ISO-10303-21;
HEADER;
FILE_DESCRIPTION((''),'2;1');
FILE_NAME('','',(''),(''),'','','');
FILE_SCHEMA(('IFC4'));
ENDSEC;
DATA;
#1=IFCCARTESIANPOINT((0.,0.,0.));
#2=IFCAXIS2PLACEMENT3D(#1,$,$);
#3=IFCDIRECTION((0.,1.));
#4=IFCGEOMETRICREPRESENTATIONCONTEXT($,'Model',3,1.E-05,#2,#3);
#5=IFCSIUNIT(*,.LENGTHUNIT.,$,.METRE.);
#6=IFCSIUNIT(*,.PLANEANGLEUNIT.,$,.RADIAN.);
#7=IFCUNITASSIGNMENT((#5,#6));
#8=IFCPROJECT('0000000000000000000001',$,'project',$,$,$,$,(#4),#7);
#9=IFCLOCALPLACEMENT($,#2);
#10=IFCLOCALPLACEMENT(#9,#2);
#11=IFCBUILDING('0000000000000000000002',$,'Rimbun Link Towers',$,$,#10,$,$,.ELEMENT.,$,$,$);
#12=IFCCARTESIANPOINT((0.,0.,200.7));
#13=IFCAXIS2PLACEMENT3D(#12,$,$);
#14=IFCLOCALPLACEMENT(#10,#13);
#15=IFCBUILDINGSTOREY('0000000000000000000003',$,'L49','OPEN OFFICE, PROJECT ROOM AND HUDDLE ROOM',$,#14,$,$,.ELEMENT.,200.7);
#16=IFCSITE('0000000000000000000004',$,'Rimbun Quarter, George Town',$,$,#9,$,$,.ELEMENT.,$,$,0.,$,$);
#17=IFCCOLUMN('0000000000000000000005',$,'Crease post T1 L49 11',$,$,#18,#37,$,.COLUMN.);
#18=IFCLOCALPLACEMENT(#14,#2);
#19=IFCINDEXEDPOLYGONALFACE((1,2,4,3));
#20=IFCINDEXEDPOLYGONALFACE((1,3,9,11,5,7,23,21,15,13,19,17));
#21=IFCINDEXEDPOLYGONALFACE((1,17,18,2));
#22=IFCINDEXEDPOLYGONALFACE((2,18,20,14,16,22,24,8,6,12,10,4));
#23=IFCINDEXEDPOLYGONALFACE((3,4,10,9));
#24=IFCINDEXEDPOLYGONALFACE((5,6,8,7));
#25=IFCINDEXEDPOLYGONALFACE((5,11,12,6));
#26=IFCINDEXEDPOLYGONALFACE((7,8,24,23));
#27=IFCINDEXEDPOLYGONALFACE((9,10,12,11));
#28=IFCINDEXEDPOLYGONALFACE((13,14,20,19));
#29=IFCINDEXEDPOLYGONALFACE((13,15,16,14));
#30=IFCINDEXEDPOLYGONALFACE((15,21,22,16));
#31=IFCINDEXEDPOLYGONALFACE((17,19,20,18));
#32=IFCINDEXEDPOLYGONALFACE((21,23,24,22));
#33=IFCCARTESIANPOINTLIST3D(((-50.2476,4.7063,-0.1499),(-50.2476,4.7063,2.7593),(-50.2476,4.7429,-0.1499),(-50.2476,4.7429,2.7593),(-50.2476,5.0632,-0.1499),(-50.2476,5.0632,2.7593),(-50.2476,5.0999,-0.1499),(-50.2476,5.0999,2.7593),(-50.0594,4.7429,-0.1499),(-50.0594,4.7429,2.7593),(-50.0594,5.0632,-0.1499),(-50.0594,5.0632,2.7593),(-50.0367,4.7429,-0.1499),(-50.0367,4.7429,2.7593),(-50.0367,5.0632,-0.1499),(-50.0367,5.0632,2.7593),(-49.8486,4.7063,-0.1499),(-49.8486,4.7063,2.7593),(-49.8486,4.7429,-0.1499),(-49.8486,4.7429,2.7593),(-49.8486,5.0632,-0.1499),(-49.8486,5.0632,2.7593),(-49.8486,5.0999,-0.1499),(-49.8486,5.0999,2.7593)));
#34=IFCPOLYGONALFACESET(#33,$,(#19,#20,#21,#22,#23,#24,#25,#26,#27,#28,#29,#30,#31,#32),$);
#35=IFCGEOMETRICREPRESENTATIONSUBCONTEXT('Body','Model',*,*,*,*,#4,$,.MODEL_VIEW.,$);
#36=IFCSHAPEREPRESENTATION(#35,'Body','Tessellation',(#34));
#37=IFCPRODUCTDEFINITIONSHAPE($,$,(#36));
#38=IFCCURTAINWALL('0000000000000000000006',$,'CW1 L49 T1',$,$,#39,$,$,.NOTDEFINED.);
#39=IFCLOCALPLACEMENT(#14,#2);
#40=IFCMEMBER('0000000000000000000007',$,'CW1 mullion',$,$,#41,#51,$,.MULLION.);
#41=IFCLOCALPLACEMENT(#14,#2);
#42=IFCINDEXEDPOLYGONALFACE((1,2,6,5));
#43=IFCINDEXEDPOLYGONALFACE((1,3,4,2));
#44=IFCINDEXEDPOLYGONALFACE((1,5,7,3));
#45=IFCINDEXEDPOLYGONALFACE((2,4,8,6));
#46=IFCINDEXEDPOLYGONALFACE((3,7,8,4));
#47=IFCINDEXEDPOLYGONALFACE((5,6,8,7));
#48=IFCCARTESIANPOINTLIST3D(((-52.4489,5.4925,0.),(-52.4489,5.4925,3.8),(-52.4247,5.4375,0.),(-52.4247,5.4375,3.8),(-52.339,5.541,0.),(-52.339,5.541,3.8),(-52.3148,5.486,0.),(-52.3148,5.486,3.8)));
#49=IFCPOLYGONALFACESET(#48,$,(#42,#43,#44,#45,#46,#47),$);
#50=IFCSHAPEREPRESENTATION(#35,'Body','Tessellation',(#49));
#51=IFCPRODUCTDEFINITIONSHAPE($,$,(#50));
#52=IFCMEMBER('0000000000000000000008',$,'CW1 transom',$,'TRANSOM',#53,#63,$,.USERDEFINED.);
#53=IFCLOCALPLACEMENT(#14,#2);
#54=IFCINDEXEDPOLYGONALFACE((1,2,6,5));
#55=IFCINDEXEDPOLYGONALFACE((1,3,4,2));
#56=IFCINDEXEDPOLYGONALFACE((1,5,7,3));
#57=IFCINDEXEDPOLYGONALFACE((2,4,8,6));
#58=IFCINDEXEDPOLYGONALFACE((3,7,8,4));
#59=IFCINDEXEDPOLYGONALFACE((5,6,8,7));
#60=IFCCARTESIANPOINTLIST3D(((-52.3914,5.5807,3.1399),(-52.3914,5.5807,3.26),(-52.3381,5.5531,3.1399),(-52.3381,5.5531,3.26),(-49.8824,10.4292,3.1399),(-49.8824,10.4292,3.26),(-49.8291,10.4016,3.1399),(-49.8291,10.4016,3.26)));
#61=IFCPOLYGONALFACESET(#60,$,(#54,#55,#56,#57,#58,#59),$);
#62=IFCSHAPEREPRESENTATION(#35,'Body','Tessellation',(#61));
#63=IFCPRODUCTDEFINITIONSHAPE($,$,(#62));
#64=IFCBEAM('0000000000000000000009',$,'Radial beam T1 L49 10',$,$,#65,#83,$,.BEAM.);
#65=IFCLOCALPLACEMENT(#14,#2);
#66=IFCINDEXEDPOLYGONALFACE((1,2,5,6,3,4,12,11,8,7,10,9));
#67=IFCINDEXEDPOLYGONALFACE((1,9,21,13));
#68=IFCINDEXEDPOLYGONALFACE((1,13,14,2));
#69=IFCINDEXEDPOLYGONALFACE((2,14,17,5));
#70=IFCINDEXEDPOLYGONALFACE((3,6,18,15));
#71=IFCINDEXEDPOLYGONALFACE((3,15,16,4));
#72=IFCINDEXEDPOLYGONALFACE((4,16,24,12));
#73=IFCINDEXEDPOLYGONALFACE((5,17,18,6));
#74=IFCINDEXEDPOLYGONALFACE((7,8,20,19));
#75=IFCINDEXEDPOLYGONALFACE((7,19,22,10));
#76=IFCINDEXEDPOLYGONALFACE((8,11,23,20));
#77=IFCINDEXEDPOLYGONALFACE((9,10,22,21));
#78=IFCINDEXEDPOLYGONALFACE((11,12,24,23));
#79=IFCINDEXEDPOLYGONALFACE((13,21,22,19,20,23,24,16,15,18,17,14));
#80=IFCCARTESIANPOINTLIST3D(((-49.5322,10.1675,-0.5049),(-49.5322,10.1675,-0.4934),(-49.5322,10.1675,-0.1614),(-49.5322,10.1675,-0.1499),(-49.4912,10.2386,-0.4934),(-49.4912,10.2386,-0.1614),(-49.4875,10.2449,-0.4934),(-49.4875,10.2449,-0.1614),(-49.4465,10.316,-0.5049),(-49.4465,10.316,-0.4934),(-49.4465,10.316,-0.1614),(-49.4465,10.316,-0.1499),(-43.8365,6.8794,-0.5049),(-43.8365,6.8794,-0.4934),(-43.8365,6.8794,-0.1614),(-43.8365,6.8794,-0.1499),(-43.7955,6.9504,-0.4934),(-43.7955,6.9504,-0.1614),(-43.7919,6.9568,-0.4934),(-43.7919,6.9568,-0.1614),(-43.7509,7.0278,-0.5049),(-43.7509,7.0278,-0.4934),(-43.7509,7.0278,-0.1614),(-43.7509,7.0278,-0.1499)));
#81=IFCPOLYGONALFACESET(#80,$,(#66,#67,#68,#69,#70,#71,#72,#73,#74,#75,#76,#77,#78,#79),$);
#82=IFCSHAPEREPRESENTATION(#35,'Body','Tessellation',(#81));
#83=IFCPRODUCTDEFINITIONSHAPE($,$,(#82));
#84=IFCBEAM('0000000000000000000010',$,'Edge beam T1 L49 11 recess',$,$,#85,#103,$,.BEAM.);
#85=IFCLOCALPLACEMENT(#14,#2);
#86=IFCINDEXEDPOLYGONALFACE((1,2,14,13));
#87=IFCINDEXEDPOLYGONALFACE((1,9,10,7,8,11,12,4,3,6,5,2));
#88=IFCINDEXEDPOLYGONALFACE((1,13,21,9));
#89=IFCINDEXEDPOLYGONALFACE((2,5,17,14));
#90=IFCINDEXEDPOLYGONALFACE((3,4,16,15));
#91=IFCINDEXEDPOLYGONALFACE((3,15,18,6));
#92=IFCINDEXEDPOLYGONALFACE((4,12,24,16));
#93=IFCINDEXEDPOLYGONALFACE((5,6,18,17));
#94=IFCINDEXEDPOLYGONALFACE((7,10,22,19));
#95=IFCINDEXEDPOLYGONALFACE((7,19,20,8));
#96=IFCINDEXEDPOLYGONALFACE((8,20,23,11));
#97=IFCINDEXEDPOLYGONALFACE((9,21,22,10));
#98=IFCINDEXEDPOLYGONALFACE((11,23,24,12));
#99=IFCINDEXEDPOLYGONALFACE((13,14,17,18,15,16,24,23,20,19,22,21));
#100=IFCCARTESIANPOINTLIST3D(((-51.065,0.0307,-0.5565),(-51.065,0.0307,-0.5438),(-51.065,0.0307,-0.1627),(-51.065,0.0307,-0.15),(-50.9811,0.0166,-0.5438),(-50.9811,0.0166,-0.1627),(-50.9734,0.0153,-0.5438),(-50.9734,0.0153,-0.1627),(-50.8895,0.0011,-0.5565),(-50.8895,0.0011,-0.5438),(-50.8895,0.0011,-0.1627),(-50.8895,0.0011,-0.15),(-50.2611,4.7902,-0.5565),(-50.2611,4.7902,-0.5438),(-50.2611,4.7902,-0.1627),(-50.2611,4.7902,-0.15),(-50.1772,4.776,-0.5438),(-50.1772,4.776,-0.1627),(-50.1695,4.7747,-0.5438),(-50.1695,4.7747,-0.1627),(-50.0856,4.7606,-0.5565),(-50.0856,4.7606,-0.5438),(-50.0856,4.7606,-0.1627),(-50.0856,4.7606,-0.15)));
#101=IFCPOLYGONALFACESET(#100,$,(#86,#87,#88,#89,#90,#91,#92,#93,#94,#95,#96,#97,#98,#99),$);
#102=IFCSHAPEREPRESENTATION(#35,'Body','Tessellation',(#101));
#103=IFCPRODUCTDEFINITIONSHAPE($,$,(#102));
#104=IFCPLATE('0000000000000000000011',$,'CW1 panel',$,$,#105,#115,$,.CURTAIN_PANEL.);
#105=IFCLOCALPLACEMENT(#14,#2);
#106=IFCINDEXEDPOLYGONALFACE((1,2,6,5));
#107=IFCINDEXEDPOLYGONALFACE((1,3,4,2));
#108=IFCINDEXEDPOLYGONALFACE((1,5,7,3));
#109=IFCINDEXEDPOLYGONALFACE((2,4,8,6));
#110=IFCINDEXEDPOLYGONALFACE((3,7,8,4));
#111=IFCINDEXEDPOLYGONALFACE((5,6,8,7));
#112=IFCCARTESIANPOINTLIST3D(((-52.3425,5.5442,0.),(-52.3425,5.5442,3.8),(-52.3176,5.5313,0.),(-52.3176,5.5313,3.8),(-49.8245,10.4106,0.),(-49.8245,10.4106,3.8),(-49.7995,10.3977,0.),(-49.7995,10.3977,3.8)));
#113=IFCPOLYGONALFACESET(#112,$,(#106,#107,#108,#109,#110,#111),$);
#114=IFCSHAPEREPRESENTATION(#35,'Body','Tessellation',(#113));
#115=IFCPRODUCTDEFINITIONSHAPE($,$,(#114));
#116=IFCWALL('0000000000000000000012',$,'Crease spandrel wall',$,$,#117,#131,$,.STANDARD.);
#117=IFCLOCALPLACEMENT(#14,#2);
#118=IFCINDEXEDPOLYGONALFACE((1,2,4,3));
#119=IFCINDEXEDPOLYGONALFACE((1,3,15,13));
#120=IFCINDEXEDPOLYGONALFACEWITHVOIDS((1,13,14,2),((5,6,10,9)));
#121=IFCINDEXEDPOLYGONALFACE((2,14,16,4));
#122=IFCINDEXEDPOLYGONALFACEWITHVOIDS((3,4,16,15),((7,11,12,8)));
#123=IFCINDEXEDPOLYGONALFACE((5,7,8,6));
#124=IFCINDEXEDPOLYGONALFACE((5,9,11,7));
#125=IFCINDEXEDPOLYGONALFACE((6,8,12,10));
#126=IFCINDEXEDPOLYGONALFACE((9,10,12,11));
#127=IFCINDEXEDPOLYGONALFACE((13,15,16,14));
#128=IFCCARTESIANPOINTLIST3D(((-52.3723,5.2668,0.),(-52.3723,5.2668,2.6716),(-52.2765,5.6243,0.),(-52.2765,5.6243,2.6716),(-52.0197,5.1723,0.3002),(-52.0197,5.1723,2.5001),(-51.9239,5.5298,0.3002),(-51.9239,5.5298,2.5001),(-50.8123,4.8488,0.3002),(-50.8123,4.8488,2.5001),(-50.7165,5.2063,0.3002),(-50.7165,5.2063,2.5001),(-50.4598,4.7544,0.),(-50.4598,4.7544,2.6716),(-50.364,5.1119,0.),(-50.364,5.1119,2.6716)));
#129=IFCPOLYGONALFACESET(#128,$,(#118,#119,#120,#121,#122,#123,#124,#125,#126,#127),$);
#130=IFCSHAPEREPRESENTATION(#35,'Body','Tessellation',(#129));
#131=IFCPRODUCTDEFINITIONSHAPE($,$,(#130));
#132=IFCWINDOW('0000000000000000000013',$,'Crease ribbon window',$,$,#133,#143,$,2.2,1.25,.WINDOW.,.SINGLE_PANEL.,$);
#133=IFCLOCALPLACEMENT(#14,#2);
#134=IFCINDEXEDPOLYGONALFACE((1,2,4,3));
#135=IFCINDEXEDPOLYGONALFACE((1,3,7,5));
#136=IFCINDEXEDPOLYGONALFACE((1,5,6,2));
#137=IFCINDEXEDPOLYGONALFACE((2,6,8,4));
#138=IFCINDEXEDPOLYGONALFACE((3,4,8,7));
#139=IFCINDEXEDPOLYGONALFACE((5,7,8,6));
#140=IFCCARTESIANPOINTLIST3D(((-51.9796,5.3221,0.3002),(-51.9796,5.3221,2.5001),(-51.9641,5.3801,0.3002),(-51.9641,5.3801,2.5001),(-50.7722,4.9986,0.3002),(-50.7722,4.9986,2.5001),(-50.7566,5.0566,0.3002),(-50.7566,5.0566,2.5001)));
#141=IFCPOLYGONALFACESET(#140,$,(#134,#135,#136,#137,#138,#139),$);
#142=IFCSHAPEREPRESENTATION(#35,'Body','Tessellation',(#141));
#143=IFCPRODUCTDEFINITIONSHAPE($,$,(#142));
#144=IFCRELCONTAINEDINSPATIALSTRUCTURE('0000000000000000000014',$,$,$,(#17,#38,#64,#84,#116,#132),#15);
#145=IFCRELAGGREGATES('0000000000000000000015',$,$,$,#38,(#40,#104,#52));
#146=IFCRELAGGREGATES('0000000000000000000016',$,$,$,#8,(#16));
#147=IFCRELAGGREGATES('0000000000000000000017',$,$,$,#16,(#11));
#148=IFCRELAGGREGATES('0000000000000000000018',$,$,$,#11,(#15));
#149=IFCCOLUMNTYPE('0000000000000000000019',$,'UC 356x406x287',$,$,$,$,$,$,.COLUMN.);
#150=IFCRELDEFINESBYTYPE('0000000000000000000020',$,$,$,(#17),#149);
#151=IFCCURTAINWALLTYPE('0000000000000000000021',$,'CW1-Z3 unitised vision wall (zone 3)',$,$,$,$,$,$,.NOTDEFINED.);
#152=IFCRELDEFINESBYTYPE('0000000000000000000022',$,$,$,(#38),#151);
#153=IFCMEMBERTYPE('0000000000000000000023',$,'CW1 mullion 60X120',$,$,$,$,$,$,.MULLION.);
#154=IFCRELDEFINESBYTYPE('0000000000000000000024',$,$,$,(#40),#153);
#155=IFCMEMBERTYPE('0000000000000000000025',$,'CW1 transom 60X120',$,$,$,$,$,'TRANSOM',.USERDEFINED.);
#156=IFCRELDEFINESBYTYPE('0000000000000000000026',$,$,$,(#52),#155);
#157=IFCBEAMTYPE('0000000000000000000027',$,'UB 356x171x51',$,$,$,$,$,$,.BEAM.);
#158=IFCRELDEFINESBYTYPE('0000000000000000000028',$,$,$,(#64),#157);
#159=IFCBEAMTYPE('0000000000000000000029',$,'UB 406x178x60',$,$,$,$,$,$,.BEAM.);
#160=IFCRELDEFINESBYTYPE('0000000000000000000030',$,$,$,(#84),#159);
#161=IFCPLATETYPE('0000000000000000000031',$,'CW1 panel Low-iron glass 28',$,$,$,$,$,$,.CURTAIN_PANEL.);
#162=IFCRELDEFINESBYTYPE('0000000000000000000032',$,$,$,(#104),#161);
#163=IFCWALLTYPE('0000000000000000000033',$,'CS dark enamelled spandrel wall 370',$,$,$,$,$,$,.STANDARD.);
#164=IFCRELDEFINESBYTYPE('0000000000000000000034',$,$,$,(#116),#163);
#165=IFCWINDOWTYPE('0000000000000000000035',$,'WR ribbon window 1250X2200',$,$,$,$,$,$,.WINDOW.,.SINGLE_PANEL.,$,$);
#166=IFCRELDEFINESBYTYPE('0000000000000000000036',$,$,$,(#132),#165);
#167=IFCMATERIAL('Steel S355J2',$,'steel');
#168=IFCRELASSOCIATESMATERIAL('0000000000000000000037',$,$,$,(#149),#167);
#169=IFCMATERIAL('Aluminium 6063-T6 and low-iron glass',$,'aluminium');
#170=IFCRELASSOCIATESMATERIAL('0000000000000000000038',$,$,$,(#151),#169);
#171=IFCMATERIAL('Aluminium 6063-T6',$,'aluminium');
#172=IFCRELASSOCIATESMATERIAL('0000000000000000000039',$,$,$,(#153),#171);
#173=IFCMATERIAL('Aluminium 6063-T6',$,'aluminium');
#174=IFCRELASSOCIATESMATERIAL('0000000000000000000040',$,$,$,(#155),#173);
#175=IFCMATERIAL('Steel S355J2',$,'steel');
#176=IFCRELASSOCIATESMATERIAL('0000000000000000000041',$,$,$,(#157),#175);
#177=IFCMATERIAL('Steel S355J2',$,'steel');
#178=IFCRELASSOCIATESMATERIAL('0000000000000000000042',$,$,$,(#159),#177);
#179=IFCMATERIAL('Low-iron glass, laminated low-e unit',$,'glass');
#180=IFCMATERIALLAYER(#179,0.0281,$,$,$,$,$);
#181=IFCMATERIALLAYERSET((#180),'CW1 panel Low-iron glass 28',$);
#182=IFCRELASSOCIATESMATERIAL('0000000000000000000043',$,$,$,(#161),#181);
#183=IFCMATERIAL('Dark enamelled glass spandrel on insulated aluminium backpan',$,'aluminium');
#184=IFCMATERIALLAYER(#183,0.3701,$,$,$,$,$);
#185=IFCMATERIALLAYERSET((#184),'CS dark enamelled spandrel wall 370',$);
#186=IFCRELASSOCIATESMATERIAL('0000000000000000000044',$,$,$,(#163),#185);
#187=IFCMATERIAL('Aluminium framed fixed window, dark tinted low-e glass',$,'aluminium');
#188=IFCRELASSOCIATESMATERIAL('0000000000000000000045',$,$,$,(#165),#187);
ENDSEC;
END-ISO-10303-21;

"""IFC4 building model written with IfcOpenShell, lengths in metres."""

from ifc_helpers import new_model, si_unit, direction, frame, frame_2d, origin, origin_2d, place, context, subcontext, project, spatial, rectangle, i_section, extrude, material, layer, layer_set, material_profile, profile_set, type_object, element, fill, aggregate, save


model = new_model("IFC4")

# Units and contexts
model_context = context("Model", 3, precision=1e-05, world=origin(), true_north=direction((0.0, 1.0)))
body_context = subcontext(model_context, "Body", "Model", "MODEL_VIEW")
ifc_project = project(units=[si_unit("LENGTHUNIT", "METRE"), si_unit("PLANEANGLEUNIT", "RADIAN")], contexts=[model_context])

# Site, building, storey
site_placement = place(None, origin())
site = spatial("IfcSite", under=ifc_project, at=site_placement, Name="Rimbun Quarter, George Town", CompositionType="ELEMENT", RefElevation=0.0)
building_placement = place(site_placement, origin())
building = spatial("IfcBuilding", under=site, at=building_placement, Name="Rimbun Link Towers", CompositionType="ELEMENT")
storey_placement = place(building_placement, frame((0.0, 0.0, 200.7)))
storey = spatial("IfcBuildingStorey", under=building, at=storey_placement, Name="L49", Description="OPEN OFFICE, PROJECT ROOM AND HUDDLE ROOM", CompositionType="ELEMENT", Elevation=200.7)

# Column
ifc_material_1 = material(Name="Steel S355J2", Category="steel")
ifc_material_profile_1 = material_profile(ifc_material_1, i_section(OverallWidth=0.3989, OverallDepth=0.3936, WebThickness=0.0227, FlangeThickness=0.0366, at=origin_2d()), Name="UC 356x406x287")
ifc_profile_set_1 = profile_set([ifc_material_profile_1], Name="Steel S355J2")
column_type = type_object("IfcColumnType", Name="UC 356x406x287", PredefinedType="COLUMN", material=ifc_profile_set_1)
column_placement = place(storey_placement, frame((-50.0481, 4.9031, -0.1499), z_axis=(0.0, 0.0, 1.0), x_axis=(1.0, 0.0, 0.0)))
element("IfcColumn", 1, at=column_placement, inside=storey, type_object=column_type, Name="Crease post T1 L49 11", PredefinedType="COLUMN", context=body_context, shape_type="SweptSolid", body=[
    extrude(i_section(OverallWidth=0.3989, OverallDepth=0.3936, WebThickness=0.0227, FlangeThickness=0.0366, at=origin_2d()), origin(), (0.0, 0.0, 1.0), 2.9092),
])

# Curtain wall, members
ifc_material_2 = material(Name="Aluminium 6063-T6 and low-iron glass", Category="aluminium")
curtain_wall_type = type_object("IfcCurtainWallType", Name="CW1-Z3 unitised vision wall (zone 3)", PredefinedType="NOTDEFINED", material=ifc_material_2)
curtain_wall_placement = place(storey_placement, origin())
curtain_wall = element("IfcCurtainWall", 2, at=curtain_wall_placement, inside=storey, type_object=curtain_wall_type, Name="CW1 L49 T1", PredefinedType="NOTDEFINED")
ifc_material_3 = material(Name="Aluminium 6063-T6", Category="aluminium")
ifc_material_profile_2 = material_profile(ifc_material_3, rectangle(XDim=0.1201, YDim=0.0601, at=origin_2d()), Name="MULLION 60X120")
ifc_profile_set_2 = profile_set([ifc_material_profile_2], Name="Aluminium 6063-T6")
member_type_1 = type_object("IfcMemberType", Name="CW1 mullion 60X120", PredefinedType="MULLION", material=ifc_profile_set_2)
member_1_placement = place(storey_placement, frame((-52.3818, 5.4893, 0.0), z_axis=(0.0, 0.0, 1.0), x_axis=(-0.91482, -0.403862, 0.0)))
member_1 = element("IfcMember", 3, at=member_1_placement, type_object=member_type_1, Name="CW1 mullion", PredefinedType="MULLION", context=body_context, shape_type="SweptSolid", body=[
    extrude(rectangle(XDim=0.1201, YDim=0.0601, at=origin_2d()), origin(), (0.0, 0.0, 1.0), 3.8),
])
ifc_material_4 = material(Name="Aluminium 6063-T6", Category="aluminium")
ifc_material_profile_3 = material_profile(ifc_material_4, rectangle(XDim=0.0601, YDim=0.1201, at=origin_2d()), Name="TRANSOM 60X120")
ifc_profile_set_3 = profile_set([ifc_material_profile_3], Name="Aluminium 6063-T6")
member_type_2 = type_object("IfcMemberType", Name="CW1 transom 60X120", ElementType="TRANSOM", PredefinedType="USERDEFINED", material=ifc_profile_set_3)
member_2_placement = place(storey_placement, frame((-52.3647, 5.5669, 3.2), z_axis=(0.459585, 0.888134, 0.0), x_axis=(-0.888134, 0.459585, 0.0)))
member_2 = element("IfcMember", 4, at=member_2_placement, type_object=member_type_2, Name="CW1 transom", ObjectType="TRANSOM", PredefinedType="USERDEFINED", context=body_context, shape_type="SweptSolid", body=[
    extrude(rectangle(XDim=0.0601, YDim=0.1201, at=origin_2d()), origin(), (0.0, 0.0, 1.0), 5.4592),
])

# Beams
ifc_material_5 = material(Name="Steel S355J2", Category="steel")
ifc_material_profile_4 = material_profile(ifc_material_5, i_section(OverallWidth=0.1714, OverallDepth=0.355, WebThickness=0.0073, FlangeThickness=0.0115, at=origin_2d()), Name="UB 356x171x51")
ifc_profile_set_4 = profile_set([ifc_material_profile_4], Name="Steel S355J2")
beam_type_1 = type_object("IfcBeamType", Name="UB 356x171x51", PredefinedType="BEAM", material=ifc_profile_set_4)
beam_1_placement = place(storey_placement, frame((-43.7937, 6.9536, -0.3274), z_axis=(-0.866042, 0.499972, 0.0), x_axis=(-0.499972, -0.866042, 0.0)))
element("IfcBeam", 5, at=beam_1_placement, inside=storey, type_object=beam_type_1, Name="Radial beam T1 L49 10", PredefinedType="BEAM", context=body_context, shape_type="SweptSolid", body=[
    extrude(i_section(OverallWidth=0.1714, OverallDepth=0.355, WebThickness=0.0073, FlangeThickness=0.0115, at=origin_2d()), origin(), (0.0, 0.0, 1.0), 6.5767),
])
ifc_material_6 = material(Name="Steel S355J2", Category="steel")
ifc_material_profile_5 = material_profile(ifc_material_6, i_section(OverallWidth=0.178, OverallDepth=0.4065, WebThickness=0.0078, FlangeThickness=0.0127, at=origin_2d()), Name="UB 406x178x60")
ifc_profile_set_5 = profile_set([ifc_material_profile_5], Name="Steel S355J2")
beam_type_2 = type_object("IfcBeamType", Name="UB 406x178x60", PredefinedType="BEAM", material=ifc_profile_set_5)
beam_2_placement = place(storey_placement, frame((-50.1733, 4.7754, -0.3533), z_axis=(-0.166556, -0.986032, 0.0), x_axis=(0.986032, -0.166556, 0.0)))
element("IfcBeam", 6, at=beam_2_placement, inside=storey, type_object=beam_type_2, Name="Edge beam T1 L49 11 recess", PredefinedType="BEAM", context=body_context, shape_type="SweptSolid", body=[
    extrude(i_section(OverallWidth=0.178, OverallDepth=0.4065, WebThickness=0.0078, FlangeThickness=0.0127, at=origin_2d()), origin(), (0.0, 0.0, 1.0), 4.8269),
])

# Plate
ifc_material_7 = material(Name="Low-iron glass, laminated low-e unit", Category="glass")
ifc_layer_1 = layer(ifc_material_7, 0.0281)
ifc_layer_set_1 = layer_set([ifc_layer_1], Name="CW1 panel Low-iron glass 28")
plate_type = type_object("IfcPlateType", Name="CW1 panel Low-iron glass 28", PredefinedType="CURTAIN_PANEL", material=ifc_layer_set_1)
plate_placement = place(storey_placement, frame((-51.071, 7.9709, 0.0), z_axis=(0.0, 0.0, 1.0), x_axis=(0.459563, 0.888145, 0.0)))
plate = element("IfcPlate", 7, at=plate_placement, type_object=plate_type, Name="CW1 panel", PredefinedType="CURTAIN_PANEL", context=body_context, shape_type="SweptSolid", body=[
    extrude(rectangle(XDim=5.4792, YDim=0.0281, at=origin_2d()), origin(), (0.0, 0.0, 1.0), 3.8),
])
aggregate(curtain_wall, [member_1, plate, member_2])

# Wall, opening, window
ifc_material_8 = material(Name="Dark enamelled glass spandrel on insulated aluminium backpan", Category="aluminium")
ifc_layer_2 = layer(ifc_material_8, 0.3701)
ifc_layer_set_2 = layer_set([ifc_layer_2], Name="CS dark enamelled spandrel wall 370")
wall_type_1 = type_object("IfcWallType", Name="CS dark enamelled spandrel wall 370", PredefinedType="STANDARD", material=ifc_layer_set_2)
wall_1_placement = place(storey_placement, frame((-50.4119, 4.9331, 0.0), z_axis=(0.0, 0.0, 1.0), x_axis=(-0.965929, 0.258806, 0.0)))
wall_1 = element("IfcWall", 8, at=wall_1_placement, inside=storey, type_object=wall_type_1, Name="Crease spandrel wall", PredefinedType="STANDARD", context=body_context, shape_type="SweptSolid", body=[
    extrude(rectangle(XDim=1.98, YDim=0.3701, at=frame_2d((0.99, 0.0))), origin(), (0.0, 0.0, 1.0), 2.6716),
])
opening_1_placement = place(wall_1_placement, frame((0.365, 0.0, 0.3)))
opening_1 = element("IfcOpeningElement", 9, at=opening_1_placement, cuts=wall_1, PredefinedType="OPENING", context=body_context, shape_type="SweptSolid", body=[
    extrude(rectangle(XDim=1.25, YDim=2.2, at=frame_2d((0.625, 1.1001))), frame((0.0, 0.1951, 0.0), z_axis=(0.0, -1.0, 0.0), x_axis=(1.0, 0.0, 0.0)), (0.0, 0.0, 1.0), 0.3901),
])
ifc_material_9 = material(Name="Aluminium framed fixed window, dark tinted low-e glass", Category="aluminium")
window_type = type_object("IfcWindowType", Name="WR ribbon window 1250X2200", PartitioningType="SINGLE_PANEL", PredefinedType="WINDOW", material=ifc_material_9)
window_placement = place(opening_1_placement, origin())
window = element("IfcWindow", 10, at=window_placement, inside=storey, type_object=window_type, Name="Crease ribbon window", OverallHeight=2.2, OverallWidth=1.25, PartitioningType="SINGLE_PANEL", PredefinedType="WINDOW", context=body_context, shape_type="SweptSolid", body=[
    extrude(rectangle(XDim=1.25, YDim=2.2, at=frame_2d((0.625, 1.1001))), frame((0.0, 0.03, 0.0), z_axis=(0.0, -1.0, 0.0), x_axis=(1.0, 0.0, 0.0)), (0.0, 0.0, 1.0), 0.0601),
])
fill(opening_1, window)

save(model, "model.ifc")
